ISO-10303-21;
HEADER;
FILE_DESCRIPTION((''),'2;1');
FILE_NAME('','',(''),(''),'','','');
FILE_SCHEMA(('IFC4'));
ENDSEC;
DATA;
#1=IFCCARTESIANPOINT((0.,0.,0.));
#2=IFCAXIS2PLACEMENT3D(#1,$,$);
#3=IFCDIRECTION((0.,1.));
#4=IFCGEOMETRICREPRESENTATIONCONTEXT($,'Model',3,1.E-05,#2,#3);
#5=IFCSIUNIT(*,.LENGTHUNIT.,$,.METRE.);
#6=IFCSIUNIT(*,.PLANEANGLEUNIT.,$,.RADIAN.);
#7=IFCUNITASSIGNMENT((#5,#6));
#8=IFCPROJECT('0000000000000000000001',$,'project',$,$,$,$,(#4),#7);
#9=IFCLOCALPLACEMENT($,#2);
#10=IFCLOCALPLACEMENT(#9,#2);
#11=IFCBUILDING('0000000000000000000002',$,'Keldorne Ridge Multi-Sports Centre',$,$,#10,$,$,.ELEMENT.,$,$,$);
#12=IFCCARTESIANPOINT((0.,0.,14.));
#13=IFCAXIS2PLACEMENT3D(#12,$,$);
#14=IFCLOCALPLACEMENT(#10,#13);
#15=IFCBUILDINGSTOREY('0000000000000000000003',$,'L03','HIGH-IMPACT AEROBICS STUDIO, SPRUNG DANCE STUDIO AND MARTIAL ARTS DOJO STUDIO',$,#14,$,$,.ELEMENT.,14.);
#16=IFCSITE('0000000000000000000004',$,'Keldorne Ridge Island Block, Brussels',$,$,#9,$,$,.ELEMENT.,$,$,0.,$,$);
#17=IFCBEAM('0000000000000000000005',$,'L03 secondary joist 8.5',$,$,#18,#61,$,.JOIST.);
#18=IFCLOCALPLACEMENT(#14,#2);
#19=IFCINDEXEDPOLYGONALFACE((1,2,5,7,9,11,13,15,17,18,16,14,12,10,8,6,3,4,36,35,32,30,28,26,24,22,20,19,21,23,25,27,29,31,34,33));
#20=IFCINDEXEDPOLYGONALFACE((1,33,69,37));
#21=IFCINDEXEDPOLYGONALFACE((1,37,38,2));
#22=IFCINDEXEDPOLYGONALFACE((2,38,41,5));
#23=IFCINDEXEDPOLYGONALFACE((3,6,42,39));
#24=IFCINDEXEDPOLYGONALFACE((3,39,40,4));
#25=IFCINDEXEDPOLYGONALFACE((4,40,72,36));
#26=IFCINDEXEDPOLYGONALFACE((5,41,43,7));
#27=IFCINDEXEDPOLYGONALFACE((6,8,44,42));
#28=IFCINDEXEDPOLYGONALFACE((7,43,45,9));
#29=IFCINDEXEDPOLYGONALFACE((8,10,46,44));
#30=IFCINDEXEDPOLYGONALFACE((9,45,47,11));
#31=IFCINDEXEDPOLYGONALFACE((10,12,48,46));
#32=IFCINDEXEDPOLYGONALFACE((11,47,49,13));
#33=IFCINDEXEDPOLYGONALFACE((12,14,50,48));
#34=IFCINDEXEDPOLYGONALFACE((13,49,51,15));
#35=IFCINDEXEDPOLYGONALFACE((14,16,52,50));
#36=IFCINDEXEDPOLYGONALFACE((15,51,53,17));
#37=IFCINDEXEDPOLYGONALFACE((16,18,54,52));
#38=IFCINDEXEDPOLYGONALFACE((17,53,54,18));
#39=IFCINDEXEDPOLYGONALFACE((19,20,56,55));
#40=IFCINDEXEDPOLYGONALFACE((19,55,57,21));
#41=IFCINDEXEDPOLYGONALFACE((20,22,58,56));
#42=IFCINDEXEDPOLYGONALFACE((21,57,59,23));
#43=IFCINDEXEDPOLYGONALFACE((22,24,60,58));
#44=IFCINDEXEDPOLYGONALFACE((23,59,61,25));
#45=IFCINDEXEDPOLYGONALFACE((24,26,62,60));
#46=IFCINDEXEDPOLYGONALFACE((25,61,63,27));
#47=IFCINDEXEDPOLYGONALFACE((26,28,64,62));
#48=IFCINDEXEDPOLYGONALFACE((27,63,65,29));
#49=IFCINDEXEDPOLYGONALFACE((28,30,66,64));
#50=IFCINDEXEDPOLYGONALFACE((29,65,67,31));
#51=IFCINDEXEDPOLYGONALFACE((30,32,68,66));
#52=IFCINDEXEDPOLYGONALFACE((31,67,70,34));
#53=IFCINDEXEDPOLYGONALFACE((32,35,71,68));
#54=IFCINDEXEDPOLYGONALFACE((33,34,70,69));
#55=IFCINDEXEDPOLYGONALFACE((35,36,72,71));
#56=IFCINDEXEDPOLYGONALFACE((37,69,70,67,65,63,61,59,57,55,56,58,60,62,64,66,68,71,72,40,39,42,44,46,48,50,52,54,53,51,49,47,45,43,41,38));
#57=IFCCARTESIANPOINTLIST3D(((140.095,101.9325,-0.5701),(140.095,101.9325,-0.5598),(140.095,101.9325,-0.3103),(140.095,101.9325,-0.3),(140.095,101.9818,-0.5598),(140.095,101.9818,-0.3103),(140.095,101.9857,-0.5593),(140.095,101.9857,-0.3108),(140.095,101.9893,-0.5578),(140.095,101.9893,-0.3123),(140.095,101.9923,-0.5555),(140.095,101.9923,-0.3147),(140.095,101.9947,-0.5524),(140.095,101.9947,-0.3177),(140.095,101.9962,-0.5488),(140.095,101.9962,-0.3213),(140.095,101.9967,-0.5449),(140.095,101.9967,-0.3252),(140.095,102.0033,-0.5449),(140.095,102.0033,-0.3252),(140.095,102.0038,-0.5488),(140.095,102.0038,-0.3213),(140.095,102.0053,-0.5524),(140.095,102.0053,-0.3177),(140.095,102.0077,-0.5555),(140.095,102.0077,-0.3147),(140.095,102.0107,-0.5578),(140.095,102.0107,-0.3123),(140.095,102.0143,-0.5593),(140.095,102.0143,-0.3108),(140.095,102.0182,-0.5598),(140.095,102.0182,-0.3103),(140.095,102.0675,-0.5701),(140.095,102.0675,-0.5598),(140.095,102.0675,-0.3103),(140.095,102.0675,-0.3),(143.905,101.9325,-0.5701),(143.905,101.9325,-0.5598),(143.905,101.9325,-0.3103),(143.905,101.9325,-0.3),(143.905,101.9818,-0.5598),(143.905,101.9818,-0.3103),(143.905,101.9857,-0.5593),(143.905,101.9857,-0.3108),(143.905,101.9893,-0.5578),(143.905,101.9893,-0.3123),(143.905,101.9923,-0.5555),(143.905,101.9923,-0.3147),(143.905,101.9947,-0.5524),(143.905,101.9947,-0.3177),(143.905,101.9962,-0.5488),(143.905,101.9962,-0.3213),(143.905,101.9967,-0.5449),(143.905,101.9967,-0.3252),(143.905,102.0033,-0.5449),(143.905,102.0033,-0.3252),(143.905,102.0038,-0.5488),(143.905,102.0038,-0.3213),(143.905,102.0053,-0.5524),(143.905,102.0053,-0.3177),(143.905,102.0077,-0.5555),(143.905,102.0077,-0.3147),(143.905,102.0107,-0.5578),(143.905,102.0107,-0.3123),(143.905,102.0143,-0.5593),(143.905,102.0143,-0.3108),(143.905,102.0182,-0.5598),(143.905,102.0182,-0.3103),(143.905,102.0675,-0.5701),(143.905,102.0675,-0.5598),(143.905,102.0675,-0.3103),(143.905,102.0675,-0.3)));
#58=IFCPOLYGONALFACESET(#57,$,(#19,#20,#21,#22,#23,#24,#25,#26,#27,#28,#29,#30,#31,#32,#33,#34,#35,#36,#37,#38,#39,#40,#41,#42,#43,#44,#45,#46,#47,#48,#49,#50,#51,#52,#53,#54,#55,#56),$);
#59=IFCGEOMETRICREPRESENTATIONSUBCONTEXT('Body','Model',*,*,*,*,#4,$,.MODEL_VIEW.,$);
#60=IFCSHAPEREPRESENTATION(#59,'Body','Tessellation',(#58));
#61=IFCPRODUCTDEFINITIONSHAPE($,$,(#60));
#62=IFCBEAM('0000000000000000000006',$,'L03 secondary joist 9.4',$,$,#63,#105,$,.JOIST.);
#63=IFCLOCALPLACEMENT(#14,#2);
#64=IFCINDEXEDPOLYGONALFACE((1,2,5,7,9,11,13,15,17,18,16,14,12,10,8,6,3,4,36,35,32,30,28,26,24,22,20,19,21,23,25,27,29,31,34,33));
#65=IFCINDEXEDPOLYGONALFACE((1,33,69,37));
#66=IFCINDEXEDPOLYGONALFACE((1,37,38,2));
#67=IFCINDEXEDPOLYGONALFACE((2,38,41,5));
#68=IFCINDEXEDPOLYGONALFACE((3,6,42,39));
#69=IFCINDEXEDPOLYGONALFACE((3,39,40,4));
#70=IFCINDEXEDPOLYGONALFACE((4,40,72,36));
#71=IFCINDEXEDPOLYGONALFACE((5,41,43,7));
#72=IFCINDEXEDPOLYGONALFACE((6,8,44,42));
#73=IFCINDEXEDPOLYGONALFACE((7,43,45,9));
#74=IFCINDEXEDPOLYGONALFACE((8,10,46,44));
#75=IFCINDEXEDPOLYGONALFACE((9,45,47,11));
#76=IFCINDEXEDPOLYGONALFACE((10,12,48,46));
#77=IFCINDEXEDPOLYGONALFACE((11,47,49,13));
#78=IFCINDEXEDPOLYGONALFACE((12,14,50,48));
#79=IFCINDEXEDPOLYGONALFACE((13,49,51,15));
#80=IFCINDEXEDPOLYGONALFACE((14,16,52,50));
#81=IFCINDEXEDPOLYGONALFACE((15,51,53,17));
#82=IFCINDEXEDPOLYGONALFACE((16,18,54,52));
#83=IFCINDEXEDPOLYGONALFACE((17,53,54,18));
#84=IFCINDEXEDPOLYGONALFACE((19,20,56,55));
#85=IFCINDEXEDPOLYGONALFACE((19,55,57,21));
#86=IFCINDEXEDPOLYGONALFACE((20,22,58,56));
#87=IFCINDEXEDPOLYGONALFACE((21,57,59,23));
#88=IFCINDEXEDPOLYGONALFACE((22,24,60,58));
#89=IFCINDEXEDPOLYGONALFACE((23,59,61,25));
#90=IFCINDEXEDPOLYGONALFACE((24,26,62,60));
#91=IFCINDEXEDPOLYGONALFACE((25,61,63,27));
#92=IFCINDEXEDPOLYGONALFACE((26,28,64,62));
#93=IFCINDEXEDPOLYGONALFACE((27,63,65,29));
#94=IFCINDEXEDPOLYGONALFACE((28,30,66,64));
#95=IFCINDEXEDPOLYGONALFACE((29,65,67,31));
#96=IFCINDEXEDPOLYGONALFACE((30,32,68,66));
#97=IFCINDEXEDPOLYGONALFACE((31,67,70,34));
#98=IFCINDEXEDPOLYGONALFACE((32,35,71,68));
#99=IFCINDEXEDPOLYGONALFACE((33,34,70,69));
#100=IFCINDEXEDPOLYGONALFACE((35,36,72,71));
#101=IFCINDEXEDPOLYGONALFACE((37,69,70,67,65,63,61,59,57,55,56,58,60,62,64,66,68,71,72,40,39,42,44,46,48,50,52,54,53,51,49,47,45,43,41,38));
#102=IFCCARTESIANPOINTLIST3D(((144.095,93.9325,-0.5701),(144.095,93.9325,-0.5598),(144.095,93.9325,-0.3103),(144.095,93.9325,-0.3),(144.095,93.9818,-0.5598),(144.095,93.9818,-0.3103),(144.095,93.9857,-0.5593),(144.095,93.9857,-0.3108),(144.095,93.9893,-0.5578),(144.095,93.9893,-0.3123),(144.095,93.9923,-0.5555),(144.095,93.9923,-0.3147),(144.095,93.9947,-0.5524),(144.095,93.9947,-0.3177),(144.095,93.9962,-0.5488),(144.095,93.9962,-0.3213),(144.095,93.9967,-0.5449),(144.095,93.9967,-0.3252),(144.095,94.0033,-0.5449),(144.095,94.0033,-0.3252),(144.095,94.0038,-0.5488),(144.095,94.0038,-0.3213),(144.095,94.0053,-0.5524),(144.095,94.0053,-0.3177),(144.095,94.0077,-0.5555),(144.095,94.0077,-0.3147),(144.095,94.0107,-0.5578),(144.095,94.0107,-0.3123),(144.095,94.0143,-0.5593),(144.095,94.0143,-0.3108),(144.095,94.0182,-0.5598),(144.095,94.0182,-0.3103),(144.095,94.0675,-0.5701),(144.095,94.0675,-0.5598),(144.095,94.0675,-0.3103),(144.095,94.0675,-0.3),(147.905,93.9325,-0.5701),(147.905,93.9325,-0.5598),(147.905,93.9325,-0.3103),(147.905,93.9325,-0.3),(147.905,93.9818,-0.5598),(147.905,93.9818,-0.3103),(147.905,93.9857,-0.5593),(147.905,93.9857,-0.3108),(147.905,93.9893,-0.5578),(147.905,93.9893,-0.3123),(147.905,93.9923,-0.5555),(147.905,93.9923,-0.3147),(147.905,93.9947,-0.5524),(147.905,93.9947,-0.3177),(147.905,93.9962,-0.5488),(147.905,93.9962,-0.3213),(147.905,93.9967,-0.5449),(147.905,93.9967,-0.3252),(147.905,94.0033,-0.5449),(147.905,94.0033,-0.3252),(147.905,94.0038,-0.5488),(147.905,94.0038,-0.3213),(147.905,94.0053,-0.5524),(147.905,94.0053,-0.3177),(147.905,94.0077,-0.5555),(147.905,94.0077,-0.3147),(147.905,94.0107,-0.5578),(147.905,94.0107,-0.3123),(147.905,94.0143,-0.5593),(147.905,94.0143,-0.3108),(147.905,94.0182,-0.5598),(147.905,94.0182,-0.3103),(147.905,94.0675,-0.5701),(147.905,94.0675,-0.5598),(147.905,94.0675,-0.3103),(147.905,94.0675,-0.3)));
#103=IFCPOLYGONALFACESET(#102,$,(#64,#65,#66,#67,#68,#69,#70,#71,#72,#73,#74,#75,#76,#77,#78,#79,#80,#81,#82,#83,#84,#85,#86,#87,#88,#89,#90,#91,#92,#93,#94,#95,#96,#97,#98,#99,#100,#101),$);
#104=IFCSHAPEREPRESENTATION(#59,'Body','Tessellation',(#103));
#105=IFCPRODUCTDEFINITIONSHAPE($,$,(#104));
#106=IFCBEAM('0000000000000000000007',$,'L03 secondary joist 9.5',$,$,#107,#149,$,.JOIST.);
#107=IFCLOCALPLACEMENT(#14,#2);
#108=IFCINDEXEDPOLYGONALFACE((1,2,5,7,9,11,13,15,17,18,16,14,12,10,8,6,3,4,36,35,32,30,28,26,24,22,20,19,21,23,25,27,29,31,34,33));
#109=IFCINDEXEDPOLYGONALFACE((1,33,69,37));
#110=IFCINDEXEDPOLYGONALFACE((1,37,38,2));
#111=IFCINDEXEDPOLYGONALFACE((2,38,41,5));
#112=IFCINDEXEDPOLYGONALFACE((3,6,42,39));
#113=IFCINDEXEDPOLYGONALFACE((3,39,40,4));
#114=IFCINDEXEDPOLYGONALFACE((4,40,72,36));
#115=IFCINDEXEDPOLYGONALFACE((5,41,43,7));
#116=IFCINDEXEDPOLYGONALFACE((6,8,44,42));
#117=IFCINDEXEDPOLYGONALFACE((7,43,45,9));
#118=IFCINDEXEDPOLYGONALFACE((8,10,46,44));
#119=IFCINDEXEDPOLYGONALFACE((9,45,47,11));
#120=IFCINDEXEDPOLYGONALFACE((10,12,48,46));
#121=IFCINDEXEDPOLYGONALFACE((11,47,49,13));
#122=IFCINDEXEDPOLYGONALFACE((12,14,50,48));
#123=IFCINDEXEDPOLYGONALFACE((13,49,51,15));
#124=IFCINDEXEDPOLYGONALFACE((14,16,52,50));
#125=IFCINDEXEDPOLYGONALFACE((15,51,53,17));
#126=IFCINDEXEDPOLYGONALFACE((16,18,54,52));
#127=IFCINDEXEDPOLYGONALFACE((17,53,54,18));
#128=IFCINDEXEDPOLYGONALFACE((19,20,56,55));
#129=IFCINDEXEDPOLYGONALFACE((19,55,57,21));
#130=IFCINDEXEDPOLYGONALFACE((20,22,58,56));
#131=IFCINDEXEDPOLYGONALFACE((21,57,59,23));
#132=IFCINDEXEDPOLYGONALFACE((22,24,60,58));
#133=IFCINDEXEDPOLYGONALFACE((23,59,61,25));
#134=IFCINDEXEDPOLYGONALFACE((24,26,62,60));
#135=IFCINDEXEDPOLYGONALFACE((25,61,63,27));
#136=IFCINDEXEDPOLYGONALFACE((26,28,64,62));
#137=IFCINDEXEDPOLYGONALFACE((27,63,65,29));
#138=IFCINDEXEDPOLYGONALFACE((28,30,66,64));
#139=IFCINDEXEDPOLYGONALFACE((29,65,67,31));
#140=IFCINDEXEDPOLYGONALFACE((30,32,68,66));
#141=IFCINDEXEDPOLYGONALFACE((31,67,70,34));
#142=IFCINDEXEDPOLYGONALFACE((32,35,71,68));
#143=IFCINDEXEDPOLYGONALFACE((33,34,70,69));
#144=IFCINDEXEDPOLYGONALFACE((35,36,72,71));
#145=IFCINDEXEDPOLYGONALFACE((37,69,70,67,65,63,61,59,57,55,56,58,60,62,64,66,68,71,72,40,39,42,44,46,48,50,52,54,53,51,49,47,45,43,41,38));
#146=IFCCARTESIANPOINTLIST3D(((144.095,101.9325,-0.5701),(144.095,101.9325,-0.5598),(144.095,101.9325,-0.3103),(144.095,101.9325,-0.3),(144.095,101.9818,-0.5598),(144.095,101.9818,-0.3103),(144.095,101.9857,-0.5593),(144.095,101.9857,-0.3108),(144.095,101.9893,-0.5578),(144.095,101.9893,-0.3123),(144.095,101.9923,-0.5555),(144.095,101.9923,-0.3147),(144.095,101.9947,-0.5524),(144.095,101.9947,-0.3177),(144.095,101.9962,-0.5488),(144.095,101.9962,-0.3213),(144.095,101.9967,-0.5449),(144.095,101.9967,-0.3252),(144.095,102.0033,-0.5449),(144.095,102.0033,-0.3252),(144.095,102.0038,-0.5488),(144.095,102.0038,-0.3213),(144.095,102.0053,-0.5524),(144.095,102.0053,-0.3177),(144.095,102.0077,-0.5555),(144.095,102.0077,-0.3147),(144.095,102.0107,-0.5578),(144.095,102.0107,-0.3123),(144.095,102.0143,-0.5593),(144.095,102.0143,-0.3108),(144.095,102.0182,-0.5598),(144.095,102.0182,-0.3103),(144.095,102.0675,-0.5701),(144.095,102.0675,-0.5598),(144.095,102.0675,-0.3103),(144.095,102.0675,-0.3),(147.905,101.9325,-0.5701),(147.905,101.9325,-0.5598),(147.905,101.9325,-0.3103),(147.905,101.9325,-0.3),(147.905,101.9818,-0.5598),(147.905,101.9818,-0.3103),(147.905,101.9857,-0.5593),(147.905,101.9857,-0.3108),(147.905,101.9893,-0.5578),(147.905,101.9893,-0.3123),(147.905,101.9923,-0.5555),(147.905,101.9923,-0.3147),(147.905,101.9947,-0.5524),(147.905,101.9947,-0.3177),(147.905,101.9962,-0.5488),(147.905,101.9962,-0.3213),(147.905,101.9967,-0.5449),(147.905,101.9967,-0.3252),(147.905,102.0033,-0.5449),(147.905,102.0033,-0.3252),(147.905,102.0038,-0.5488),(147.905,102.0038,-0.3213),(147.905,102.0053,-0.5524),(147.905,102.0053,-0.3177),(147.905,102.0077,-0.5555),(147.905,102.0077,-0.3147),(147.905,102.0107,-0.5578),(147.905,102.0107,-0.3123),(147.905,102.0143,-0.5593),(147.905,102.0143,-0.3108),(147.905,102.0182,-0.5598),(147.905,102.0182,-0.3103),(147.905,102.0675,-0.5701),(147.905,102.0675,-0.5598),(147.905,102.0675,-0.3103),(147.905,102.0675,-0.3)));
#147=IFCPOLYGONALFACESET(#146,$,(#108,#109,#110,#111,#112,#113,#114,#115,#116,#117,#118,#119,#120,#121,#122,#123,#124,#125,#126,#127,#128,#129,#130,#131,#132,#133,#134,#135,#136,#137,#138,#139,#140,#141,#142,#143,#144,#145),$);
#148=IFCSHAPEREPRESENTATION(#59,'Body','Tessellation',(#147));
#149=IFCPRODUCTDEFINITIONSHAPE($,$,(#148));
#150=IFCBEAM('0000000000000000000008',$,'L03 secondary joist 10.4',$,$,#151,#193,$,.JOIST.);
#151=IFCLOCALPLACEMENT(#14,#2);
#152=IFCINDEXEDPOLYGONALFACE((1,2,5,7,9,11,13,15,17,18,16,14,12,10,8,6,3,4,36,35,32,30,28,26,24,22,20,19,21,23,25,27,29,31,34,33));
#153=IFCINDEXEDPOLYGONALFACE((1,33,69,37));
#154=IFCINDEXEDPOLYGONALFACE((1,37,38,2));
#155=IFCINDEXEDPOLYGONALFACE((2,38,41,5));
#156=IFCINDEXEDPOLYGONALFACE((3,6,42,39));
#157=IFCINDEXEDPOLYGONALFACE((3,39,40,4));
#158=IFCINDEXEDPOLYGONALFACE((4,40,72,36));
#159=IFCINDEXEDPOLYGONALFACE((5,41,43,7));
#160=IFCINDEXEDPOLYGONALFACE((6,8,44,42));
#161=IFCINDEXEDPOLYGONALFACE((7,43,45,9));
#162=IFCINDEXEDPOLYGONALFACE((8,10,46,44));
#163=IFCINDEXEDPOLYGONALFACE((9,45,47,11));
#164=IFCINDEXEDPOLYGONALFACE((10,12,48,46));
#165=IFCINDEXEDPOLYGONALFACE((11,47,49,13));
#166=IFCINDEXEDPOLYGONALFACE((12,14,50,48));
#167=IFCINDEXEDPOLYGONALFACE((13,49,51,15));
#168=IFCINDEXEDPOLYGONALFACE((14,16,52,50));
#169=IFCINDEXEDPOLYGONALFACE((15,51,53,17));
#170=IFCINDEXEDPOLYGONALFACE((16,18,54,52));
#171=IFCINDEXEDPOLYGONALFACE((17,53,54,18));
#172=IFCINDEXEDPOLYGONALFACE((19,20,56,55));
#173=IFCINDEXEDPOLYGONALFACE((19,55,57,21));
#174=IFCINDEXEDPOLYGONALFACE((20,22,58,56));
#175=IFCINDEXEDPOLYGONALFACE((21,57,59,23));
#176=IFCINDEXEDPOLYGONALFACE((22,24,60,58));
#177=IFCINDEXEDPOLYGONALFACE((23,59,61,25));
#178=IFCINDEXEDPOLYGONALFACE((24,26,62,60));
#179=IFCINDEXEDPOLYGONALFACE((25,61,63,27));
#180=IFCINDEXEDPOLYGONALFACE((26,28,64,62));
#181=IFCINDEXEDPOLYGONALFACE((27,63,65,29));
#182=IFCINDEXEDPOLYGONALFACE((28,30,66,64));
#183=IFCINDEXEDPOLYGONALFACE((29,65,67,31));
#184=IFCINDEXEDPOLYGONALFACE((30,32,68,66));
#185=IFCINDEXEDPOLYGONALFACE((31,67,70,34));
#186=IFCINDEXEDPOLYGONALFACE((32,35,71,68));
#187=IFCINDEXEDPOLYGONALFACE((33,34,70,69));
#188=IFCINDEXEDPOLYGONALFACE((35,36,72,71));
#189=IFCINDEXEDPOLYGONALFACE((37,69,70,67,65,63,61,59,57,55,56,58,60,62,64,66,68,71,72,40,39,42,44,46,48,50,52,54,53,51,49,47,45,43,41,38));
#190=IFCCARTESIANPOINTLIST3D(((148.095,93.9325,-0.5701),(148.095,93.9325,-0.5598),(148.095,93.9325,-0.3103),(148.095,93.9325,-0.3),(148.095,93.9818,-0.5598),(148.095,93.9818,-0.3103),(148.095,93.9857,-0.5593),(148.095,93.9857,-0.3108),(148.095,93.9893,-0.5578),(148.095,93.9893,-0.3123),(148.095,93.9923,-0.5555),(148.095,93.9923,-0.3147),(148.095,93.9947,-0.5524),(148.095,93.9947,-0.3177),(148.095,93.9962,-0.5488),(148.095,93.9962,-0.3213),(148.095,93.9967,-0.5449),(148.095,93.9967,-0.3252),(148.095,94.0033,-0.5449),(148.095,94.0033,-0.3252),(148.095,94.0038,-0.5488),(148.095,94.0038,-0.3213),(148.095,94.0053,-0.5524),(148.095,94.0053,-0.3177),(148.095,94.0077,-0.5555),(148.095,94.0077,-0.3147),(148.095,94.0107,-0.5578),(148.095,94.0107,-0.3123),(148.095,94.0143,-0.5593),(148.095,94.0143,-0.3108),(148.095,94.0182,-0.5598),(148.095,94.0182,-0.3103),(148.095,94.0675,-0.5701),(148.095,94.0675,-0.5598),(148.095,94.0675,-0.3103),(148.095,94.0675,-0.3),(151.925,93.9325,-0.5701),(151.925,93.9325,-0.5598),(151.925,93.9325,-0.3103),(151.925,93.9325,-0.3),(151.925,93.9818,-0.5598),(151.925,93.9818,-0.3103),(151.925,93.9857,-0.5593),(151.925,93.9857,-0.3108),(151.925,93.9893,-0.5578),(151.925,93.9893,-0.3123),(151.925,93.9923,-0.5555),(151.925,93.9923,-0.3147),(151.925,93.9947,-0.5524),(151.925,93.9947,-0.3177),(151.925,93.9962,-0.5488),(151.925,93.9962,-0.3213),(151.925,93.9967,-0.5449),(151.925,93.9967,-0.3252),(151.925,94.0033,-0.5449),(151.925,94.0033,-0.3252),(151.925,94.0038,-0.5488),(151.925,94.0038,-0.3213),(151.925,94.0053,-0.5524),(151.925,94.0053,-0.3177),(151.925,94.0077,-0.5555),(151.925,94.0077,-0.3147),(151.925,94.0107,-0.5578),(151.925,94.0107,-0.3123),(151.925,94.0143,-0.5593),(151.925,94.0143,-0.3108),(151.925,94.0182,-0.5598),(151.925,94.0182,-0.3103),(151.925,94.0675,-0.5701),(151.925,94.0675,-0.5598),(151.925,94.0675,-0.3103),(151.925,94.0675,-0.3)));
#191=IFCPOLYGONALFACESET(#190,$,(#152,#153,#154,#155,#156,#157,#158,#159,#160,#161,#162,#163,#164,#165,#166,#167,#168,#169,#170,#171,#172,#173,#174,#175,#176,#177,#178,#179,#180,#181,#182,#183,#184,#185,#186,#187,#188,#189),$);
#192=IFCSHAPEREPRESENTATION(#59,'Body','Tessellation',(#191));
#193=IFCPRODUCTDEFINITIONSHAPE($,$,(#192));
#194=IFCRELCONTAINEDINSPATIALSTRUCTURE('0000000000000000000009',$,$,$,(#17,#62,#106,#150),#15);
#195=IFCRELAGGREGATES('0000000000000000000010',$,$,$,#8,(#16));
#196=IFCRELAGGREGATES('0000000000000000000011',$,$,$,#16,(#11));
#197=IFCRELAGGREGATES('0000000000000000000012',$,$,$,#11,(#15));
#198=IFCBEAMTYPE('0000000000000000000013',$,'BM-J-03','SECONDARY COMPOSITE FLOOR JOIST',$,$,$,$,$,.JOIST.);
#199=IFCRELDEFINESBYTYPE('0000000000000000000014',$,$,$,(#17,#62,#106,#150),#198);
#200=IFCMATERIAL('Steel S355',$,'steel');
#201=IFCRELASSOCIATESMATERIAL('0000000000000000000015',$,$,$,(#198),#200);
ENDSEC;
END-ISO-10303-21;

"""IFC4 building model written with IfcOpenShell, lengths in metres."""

from ifc_helpers import new_model, si_unit, direction, frame, origin, origin_2d, place, context, subcontext, project, spatial, i_section, extrude, material, material_profile, profile_set, type_object, element, save


model = new_model("IFC4")

# Units and contexts
model_context = context("Model", 3, precision=1e-05, world=origin(), true_north=direction((0.0, 1.0)))
body_context = subcontext(model_context, "Body", "Model", "MODEL_VIEW")
ifc_project = project(units=[si_unit("LENGTHUNIT", "METRE"), si_unit("PLANEANGLEUNIT", "RADIAN")], contexts=[model_context])

# Site, building, storey
site_placement = place(None, origin())
site = spatial("IfcSite", under=ifc_project, at=site_placement, Name="Keldorne Ridge Island Block, Brussels", CompositionType="ELEMENT", RefElevation=0.0)
building_placement = place(site_placement, origin())
building = spatial("IfcBuilding", under=site, at=building_placement, Name="Keldorne Ridge Multi-Sports Centre", CompositionType="ELEMENT")
storey_placement = place(building_placement, frame((0.0, 0.0, 14.0)))
storey = spatial("IfcBuildingStorey", under=building, at=storey_placement, Name="L03", Description="HIGH-IMPACT AEROBICS STUDIO, SPRUNG DANCE STUDIO AND MARTIAL ARTS DOJO STUDIO", CompositionType="ELEMENT", Elevation=14.0)

# Shared definitions
ifc_material_1 = material(Name="Steel S355", Category="steel")

# Beams
ifc_material_profile_1 = material_profile(ifc_material_1, i_section(OverallWidth=0.135, OverallDepth=0.27, WebThickness=0.0066, FlangeThickness=0.0103, FilletRadius=0.0149, at=origin_2d()), Name="IPE 270")
ifc_profile_set_1 = profile_set([ifc_material_profile_1], Name="Steel S355")
beam_type_1 = type_object("IfcBeamType", Name="BM-J-03", Description="SECONDARY COMPOSITE FLOOR JOIST", PredefinedType="JOIST", material=ifc_profile_set_1)
for number, where, z_axis, x_axis, name in (
    (1, (140.095, 102.0, -0.4351), (1.0, 0.0, 0.0), (0.0, 1.0, 0.0), "L03 secondary joist 8.5"),
    (2, (144.095, 94.0, -0.4351), (1.0, 0.0, 0.0), (0.0, 1.0, 0.0), "L03 secondary joist 9.4"),
    (3, (144.095, 102.0, -0.4351), (1.0, 0.0, 0.0), (0.0, 1.0, 0.0), "L03 secondary joist 9.5"),
):
    element("IfcBeam", number, at=place(storey_placement, frame(where, z_axis=z_axis, x_axis=x_axis)), inside=storey, type_object=beam_type_1, Name=name, PredefinedType="JOIST", context=body_context, shape_type="SweptSolid", body=[
        extrude(i_section(OverallWidth=0.135, OverallDepth=0.27, WebThickness=0.0066, FlangeThickness=0.0103, FilletRadius=0.0149, at=origin_2d()), origin(), (0.0, 0.0, 1.0), 3.8101),
    ])
for number, where, z_axis, x_axis, name in (
    (4, (148.095, 94.0, -0.4351), (1.0, 0.0, 0.0), (0.0, 1.0, 0.0), "L03 secondary joist 10.4"),
):
    element("IfcBeam", number, at=place(storey_placement, frame(where, z_axis=z_axis, x_axis=x_axis)), inside=storey, type_object=beam_type_1, Name=name, PredefinedType="JOIST", context=body_context, shape_type="SweptSolid", body=[
        extrude(i_section(OverallWidth=0.135, OverallDepth=0.27, WebThickness=0.0066, FlangeThickness=0.0103, FilletRadius=0.0149, at=origin_2d()), origin(), (0.0, 0.0, 1.0), 3.8301),
    ])

save(model, "model.ifc")
